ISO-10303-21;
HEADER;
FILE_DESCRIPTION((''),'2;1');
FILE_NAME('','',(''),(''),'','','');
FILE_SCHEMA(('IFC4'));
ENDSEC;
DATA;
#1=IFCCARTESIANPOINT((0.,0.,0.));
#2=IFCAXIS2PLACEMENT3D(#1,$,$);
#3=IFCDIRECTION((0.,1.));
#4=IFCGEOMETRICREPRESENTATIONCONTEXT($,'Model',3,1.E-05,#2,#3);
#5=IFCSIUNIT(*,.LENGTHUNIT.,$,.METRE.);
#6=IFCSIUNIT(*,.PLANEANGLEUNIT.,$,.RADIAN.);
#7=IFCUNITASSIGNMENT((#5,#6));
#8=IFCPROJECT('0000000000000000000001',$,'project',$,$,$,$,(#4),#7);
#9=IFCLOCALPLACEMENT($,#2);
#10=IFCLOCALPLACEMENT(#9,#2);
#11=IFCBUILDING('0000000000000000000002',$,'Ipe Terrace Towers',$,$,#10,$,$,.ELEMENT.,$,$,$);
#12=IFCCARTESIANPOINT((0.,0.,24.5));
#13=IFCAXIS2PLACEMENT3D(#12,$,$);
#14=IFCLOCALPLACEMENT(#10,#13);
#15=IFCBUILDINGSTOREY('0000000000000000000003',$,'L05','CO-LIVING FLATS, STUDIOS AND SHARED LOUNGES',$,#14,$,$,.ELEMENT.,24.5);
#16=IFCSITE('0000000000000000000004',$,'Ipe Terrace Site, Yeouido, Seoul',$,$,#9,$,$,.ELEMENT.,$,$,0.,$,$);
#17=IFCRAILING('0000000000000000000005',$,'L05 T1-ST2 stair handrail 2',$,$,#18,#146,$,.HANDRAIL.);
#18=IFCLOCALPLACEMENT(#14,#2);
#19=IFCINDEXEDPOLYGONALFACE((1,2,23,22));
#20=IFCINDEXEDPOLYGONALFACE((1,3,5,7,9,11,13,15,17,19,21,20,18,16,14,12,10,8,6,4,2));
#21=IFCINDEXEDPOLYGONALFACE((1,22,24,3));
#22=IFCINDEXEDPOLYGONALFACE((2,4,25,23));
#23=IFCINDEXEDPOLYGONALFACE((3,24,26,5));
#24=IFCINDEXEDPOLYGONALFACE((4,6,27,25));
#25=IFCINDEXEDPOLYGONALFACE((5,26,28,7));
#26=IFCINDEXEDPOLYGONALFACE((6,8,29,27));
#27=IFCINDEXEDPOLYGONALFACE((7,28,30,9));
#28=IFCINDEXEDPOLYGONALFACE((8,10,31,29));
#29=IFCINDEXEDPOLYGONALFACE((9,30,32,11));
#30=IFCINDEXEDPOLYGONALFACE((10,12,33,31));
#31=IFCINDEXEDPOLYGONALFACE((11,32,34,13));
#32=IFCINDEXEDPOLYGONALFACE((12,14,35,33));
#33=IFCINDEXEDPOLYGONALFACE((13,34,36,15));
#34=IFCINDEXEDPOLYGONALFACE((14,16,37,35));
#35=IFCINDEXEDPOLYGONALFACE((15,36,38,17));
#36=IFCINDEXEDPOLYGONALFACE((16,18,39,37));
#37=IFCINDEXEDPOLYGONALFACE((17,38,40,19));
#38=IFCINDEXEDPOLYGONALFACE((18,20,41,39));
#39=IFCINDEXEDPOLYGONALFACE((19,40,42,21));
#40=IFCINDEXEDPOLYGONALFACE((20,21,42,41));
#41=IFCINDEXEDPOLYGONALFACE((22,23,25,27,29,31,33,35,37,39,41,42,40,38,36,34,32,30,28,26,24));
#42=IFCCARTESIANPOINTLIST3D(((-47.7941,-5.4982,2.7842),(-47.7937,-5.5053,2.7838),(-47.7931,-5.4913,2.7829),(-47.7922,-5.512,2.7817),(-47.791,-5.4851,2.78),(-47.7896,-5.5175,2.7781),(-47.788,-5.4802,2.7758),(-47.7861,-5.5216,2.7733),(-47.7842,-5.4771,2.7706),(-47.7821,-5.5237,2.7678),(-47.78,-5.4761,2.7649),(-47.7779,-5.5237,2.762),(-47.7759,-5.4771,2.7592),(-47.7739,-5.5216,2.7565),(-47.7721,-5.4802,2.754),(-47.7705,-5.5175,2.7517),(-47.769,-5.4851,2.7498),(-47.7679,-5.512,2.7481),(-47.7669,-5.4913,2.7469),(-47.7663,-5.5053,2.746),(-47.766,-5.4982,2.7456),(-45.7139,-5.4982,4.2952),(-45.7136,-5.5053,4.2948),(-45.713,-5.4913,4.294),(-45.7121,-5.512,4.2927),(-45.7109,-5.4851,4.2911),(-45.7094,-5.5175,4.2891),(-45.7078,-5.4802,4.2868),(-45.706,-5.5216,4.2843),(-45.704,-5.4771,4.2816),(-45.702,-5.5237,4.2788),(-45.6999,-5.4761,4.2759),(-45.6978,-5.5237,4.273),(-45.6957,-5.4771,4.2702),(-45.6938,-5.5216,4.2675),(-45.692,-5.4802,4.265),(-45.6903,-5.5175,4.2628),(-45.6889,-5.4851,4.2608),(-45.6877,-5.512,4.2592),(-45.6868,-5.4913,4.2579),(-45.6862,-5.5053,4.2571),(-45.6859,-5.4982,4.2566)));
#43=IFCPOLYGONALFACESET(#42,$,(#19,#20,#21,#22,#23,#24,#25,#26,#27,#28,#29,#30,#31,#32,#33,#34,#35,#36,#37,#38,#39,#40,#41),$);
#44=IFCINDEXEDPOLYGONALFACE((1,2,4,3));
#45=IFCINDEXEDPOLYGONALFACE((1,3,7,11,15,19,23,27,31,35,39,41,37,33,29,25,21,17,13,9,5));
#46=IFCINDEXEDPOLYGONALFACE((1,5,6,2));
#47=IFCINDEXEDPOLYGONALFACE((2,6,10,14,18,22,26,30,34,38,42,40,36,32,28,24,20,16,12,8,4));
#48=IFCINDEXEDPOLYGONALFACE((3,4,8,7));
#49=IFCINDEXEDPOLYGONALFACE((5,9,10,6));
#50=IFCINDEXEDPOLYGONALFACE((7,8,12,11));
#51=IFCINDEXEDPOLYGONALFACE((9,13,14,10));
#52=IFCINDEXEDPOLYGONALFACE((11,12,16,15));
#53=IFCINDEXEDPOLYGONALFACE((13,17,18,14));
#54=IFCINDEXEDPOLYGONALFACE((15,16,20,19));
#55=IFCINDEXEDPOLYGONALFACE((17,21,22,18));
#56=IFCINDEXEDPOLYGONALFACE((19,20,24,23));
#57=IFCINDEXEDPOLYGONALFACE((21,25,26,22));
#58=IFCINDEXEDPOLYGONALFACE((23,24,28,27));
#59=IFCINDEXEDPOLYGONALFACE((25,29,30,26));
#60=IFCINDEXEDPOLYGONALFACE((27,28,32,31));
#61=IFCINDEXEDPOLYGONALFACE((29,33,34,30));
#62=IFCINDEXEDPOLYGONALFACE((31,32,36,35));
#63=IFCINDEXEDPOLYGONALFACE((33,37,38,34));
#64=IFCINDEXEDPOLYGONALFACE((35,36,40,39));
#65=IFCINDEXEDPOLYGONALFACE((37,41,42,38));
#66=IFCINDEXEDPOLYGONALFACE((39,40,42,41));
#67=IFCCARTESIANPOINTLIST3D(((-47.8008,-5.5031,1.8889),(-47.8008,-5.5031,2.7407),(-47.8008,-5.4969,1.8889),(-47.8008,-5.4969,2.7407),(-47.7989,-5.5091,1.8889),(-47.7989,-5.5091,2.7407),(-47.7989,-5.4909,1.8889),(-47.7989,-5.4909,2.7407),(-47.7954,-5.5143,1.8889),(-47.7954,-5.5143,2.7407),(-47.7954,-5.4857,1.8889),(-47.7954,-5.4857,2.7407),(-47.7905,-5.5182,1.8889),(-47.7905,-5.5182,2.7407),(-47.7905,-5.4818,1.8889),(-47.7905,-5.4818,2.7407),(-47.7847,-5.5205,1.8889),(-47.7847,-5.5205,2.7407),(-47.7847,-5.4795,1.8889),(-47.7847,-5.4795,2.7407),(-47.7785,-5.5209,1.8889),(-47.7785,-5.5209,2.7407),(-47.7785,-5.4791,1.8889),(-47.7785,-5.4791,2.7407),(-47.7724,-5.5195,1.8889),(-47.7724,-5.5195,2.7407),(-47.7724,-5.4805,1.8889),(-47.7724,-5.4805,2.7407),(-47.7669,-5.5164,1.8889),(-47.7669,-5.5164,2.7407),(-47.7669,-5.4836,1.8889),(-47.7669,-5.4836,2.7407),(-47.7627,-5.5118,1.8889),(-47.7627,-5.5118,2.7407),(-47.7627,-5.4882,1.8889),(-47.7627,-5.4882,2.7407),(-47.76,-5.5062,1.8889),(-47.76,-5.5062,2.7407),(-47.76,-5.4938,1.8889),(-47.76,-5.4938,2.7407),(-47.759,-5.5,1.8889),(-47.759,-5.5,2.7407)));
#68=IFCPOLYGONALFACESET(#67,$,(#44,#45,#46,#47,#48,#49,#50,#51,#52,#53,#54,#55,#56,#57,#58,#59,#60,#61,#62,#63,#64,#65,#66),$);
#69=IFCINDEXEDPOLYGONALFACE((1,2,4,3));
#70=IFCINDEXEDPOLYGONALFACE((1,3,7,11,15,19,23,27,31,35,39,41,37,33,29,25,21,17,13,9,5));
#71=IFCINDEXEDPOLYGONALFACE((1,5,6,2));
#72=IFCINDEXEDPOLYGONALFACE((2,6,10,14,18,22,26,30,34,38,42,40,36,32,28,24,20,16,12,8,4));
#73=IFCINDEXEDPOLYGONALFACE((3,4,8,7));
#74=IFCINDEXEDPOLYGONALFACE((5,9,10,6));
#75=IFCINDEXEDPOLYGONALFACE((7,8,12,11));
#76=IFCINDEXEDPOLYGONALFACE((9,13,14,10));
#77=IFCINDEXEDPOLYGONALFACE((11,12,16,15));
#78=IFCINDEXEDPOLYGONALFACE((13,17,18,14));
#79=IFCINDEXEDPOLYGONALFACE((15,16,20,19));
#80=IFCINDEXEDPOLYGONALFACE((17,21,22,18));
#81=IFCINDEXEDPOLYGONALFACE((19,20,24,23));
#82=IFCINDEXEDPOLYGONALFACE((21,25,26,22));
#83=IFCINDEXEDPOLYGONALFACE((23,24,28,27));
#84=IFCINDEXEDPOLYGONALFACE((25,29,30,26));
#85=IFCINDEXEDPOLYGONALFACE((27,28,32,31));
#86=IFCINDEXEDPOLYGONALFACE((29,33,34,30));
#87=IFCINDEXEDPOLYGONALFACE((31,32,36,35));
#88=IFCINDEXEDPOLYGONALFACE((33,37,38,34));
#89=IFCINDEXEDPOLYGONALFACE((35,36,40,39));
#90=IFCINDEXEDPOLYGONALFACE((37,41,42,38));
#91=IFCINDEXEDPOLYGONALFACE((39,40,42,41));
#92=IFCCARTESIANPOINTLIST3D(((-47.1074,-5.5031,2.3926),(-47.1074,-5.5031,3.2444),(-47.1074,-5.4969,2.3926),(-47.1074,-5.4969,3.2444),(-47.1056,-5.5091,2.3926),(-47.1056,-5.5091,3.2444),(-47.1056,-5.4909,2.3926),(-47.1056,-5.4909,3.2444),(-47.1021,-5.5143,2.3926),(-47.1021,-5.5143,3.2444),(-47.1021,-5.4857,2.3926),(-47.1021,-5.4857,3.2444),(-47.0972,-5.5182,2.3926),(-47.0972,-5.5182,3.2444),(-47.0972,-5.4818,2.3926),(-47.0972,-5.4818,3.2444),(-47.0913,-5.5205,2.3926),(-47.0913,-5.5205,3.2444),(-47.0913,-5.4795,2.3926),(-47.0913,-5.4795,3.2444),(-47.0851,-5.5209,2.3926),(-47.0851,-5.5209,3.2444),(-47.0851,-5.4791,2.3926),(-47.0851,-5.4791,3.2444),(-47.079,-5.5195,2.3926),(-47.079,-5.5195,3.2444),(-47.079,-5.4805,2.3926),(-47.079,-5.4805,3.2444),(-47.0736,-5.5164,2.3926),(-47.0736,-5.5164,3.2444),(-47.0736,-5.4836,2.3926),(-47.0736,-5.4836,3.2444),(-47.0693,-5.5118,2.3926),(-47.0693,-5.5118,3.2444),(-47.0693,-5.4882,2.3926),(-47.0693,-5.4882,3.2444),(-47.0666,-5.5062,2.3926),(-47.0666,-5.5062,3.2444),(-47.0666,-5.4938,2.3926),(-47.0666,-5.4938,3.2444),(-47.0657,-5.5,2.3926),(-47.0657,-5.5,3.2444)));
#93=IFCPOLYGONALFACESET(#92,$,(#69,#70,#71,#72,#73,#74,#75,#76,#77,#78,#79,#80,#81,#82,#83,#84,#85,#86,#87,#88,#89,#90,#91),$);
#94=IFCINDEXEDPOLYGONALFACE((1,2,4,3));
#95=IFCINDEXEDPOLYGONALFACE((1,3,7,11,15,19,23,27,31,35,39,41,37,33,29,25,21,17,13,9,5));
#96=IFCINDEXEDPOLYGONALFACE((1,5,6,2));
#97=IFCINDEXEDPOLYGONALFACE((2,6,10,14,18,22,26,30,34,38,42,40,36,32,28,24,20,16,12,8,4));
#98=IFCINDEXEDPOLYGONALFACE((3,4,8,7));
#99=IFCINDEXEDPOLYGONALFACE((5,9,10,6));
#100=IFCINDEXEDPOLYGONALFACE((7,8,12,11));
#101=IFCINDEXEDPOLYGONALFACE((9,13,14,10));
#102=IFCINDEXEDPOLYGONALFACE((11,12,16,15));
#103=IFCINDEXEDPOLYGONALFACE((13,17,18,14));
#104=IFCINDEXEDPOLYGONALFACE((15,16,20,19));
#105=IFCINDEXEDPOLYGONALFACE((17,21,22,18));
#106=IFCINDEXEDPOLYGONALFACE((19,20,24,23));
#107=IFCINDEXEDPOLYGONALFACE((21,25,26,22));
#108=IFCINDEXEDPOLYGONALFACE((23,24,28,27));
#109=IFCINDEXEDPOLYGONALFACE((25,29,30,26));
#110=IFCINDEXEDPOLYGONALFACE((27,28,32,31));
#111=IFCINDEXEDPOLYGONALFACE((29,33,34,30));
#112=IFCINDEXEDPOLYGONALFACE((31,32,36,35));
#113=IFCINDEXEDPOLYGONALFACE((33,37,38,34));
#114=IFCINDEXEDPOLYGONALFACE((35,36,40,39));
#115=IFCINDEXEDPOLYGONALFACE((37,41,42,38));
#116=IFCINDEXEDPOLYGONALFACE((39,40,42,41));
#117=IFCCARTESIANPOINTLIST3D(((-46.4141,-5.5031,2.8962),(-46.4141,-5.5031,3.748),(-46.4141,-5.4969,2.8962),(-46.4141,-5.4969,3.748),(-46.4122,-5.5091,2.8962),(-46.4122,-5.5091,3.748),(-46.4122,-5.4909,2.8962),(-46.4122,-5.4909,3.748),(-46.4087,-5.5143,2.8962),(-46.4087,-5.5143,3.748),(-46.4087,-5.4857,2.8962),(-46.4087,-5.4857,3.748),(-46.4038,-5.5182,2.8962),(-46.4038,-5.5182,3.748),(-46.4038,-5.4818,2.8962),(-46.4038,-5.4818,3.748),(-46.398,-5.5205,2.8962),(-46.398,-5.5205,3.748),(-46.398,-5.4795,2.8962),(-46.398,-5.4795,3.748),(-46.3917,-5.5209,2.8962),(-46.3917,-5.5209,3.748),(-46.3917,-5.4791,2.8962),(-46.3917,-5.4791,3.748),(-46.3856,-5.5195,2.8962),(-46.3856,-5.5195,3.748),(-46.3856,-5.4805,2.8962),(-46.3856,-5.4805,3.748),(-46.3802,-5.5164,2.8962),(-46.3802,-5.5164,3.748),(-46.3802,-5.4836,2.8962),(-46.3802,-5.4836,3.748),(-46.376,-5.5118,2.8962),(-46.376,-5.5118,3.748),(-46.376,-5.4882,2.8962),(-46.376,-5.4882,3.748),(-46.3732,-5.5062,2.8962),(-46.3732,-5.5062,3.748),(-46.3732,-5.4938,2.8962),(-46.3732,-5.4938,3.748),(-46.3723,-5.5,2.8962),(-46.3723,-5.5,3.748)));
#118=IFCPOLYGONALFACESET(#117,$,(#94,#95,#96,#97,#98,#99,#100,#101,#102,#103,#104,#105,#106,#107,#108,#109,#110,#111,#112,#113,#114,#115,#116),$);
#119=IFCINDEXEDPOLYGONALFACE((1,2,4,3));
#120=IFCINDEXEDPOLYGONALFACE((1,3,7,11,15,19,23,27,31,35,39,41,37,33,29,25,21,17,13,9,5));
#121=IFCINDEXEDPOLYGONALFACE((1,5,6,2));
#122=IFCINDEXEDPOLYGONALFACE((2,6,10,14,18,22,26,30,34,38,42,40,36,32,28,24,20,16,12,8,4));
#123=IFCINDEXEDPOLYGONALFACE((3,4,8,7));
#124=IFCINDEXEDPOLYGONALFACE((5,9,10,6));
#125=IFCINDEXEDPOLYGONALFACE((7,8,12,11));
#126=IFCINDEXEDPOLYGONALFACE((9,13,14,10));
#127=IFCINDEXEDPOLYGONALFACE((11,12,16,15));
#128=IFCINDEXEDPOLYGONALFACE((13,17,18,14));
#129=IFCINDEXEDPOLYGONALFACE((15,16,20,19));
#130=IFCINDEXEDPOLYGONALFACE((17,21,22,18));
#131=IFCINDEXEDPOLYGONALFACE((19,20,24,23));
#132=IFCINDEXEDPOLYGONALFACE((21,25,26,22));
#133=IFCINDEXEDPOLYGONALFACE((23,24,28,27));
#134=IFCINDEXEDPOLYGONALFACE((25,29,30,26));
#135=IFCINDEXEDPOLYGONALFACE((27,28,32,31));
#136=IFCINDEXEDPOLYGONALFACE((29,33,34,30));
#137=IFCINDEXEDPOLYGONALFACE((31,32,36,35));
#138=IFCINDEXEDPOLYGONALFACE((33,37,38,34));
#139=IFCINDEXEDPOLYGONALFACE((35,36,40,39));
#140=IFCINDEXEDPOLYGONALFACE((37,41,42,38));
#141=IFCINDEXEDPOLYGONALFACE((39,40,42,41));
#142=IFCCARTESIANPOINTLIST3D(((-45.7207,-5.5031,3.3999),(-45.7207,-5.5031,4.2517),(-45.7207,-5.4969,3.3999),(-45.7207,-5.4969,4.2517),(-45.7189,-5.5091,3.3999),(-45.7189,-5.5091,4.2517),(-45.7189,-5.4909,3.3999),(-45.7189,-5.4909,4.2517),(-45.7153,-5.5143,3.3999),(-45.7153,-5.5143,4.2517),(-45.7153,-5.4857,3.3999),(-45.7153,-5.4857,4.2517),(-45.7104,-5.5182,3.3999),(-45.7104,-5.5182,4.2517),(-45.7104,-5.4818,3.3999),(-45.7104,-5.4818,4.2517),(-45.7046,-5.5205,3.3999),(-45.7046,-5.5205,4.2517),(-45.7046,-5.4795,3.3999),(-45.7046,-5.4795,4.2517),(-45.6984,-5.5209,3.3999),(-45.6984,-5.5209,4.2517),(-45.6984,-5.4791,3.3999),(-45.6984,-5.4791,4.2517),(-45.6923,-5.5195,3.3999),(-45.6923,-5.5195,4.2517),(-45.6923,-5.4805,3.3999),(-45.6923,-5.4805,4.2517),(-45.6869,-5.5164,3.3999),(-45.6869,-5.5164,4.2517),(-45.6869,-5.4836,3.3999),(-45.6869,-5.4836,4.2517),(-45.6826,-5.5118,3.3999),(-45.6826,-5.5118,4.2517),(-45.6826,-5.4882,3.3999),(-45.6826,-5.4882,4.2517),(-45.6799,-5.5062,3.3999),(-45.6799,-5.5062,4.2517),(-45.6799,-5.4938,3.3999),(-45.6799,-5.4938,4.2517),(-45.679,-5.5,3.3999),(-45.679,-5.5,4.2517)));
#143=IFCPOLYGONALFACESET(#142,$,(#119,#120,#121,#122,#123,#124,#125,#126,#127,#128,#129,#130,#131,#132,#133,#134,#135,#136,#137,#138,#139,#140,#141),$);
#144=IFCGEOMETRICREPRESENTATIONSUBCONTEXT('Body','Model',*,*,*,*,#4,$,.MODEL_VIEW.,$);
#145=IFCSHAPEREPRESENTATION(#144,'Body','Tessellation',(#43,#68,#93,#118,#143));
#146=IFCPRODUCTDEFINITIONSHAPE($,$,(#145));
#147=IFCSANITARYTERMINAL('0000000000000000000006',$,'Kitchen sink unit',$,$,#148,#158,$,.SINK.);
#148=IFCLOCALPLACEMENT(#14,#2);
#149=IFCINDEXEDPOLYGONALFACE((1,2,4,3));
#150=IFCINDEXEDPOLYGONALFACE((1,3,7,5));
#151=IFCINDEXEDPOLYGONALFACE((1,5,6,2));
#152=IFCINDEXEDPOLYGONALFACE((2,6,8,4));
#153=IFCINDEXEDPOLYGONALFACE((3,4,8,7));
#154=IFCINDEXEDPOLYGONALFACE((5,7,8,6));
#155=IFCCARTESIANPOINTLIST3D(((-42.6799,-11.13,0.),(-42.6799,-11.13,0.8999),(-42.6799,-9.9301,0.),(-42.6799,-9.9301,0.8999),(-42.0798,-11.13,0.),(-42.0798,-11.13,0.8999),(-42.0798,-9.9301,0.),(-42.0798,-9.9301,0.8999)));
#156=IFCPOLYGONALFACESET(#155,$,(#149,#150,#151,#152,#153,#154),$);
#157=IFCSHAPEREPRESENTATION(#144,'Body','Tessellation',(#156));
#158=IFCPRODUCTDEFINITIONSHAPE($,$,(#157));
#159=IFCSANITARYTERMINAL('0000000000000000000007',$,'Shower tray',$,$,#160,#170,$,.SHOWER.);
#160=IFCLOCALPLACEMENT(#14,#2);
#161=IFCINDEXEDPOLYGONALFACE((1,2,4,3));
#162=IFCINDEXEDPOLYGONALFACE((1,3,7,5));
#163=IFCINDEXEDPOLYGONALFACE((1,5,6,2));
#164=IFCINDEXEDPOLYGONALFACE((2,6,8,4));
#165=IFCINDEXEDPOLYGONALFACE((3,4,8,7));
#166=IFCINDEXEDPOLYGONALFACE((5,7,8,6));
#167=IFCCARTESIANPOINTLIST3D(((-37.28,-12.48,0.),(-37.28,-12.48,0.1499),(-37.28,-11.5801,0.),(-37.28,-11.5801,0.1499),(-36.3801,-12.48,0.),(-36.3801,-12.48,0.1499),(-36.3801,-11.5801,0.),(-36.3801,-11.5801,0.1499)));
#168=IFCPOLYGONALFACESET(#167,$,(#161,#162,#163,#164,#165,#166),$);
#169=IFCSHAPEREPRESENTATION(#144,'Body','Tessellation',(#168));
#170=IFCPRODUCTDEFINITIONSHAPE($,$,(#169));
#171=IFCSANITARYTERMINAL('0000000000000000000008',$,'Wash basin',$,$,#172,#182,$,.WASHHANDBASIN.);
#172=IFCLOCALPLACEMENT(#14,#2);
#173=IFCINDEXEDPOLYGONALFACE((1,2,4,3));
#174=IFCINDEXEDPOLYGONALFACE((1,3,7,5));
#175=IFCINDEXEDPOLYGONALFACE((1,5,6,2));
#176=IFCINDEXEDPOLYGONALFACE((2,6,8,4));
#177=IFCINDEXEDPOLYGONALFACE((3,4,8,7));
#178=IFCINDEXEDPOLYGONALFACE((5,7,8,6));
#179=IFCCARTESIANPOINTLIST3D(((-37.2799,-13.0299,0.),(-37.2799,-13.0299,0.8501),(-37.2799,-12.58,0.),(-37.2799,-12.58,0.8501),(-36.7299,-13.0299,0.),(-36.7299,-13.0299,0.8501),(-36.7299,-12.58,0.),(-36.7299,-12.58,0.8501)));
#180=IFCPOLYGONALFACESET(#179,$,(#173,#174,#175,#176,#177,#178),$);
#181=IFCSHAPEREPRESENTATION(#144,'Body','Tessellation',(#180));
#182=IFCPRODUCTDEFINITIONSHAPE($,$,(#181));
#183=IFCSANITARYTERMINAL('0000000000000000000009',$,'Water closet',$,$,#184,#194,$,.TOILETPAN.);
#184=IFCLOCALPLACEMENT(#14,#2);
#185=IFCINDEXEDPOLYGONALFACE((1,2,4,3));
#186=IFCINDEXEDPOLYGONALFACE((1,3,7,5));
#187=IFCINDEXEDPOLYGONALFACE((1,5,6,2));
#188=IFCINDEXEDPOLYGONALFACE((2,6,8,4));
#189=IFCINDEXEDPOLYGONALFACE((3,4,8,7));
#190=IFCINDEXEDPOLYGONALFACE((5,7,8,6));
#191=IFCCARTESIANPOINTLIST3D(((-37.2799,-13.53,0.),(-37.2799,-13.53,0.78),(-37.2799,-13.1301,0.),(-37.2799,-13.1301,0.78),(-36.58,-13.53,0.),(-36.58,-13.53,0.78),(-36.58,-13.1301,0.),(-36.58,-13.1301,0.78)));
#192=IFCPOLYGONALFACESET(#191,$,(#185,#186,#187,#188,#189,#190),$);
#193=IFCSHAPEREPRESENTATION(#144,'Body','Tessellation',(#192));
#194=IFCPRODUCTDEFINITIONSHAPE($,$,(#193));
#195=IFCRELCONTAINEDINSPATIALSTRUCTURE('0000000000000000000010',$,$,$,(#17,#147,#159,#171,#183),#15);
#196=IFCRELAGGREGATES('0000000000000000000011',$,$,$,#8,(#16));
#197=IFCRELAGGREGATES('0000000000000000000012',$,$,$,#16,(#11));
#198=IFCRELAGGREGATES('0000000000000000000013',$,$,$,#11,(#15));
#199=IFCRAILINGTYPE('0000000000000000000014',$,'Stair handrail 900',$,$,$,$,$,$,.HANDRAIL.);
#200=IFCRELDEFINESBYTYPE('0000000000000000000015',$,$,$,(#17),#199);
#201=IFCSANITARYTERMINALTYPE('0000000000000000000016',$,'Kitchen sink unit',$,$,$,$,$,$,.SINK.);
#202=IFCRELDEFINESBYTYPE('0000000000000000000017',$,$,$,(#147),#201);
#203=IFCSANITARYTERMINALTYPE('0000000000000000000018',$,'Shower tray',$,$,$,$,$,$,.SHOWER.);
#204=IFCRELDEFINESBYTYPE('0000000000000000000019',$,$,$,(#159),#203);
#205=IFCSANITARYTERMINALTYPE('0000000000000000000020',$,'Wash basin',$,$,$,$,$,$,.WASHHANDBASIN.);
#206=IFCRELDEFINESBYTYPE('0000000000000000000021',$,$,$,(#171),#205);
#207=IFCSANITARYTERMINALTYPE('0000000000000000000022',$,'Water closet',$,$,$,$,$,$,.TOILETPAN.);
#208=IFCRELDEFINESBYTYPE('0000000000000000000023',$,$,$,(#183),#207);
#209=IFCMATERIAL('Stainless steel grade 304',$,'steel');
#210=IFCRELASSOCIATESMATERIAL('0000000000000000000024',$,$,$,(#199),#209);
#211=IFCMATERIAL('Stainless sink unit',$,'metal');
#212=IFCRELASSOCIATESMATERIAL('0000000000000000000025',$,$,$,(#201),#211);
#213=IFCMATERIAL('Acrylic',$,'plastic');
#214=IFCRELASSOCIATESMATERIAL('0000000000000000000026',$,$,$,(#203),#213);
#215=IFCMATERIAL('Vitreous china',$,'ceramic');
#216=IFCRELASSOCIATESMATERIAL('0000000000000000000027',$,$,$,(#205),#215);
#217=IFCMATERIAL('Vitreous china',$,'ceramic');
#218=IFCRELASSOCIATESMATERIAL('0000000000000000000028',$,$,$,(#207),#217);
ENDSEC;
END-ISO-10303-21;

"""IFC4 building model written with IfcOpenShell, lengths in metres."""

from ifc_helpers import new_model, si_unit, direction, frame, origin, origin_2d, place, context, subcontext, project, spatial, rectangle, circle, extrude, material, type_object, element, save


model = new_model("IFC4")

# Units and contexts
model_context = context("Model", 3, precision=1e-05, world=origin(), true_north=direction((0.0, 1.0)))
body_context = subcontext(model_context, "Body", "Model", "MODEL_VIEW")
ifc_project = project(units=[si_unit("LENGTHUNIT", "METRE"), si_unit("PLANEANGLEUNIT", "RADIAN")], contexts=[model_context])

# Site, building, storey
site_placement = place(None, origin())
site = spatial("IfcSite", under=ifc_project, at=site_placement, Name="Ipe Terrace Site, Yeouido, Seoul", CompositionType="ELEMENT", RefElevation=0.0)
building_placement = place(site_placement, origin())
building = spatial("IfcBuilding", under=site, at=building_placement, Name="Ipe Terrace Towers", CompositionType="ELEMENT")
storey_placement = place(building_placement, frame((0.0, 0.0, 24.5)))
storey = spatial("IfcBuildingStorey", under=building, at=storey_placement, Name="L05", Description="CO-LIVING FLATS, STUDIOS AND SHARED LOUNGES", CompositionType="ELEMENT", Elevation=24.5)

# Railing
ifc_material_1 = material(Name="Stainless steel grade 304", Category="steel")
railing_type_1 = type_object("IfcRailingType", Name="Stair handrail 900", PredefinedType="HANDRAIL", material=ifc_material_1)
railing_1_placement = place(storey_placement, frame((-47.78, -5.5, 1.8889)))
element("IfcRailing", 1, at=railing_1_placement, inside=storey, type_object=railing_type_1, Name="L05 T1-ST2 stair handrail 2", PredefinedType="HANDRAIL", context=body_context, shape_type="SweptSolid", body=[
    extrude(circle(Radius=0.0239, at=origin_2d()), frame((0.0, 0.0, 0.876), z_axis=(0.809069, 0.0, 0.587714), x_axis=(0.0, 1.0, 0.0)), (0.0, 0.0, 1.0), 2.571),
    extrude(circle(Radius=0.021, at=origin_2d()), origin(), (0.0, 0.0, 1.0), 0.8518),
    extrude(circle(Radius=0.021, at=origin_2d()), frame((0.6934, 0.0, 0.5037)), (0.0, 0.0, 1.0), 0.8518),
    extrude(circle(Radius=0.021, at=origin_2d()), frame((1.3867, 0.0, 1.0073)), (0.0, 0.0, 1.0), 0.8518),
    extrude(circle(Radius=0.021, at=origin_2d()), frame((2.0801, 0.0, 1.511)), (0.0, 0.0, 1.0), 0.8518),
])

# Sanitary terminals
ifc_material_2 = material(Name="Stainless sink unit", Category="metal")
sanitary_terminal_type_1 = type_object("IfcSanitaryTerminalType", Name="Kitchen sink unit", PredefinedType="SINK", material=ifc_material_2)
sanitary_terminal_1_placement = place(storey_placement, frame((-42.3799, -10.53, 0.0), z_axis=(0.0, 0.0, 1.0), x_axis=(0.0, 1.0, 0.0)))
element("IfcSanitaryTerminal", 2, at=sanitary_terminal_1_placement, inside=storey, type_object=sanitary_terminal_type_1, Name="Kitchen sink unit", PredefinedType="SINK", context=body_context, shape_type="SweptSolid", body=[
    extrude(rectangle(XDim=1.2, YDim=0.6001, at=origin_2d()), origin(), (0.0, 0.0, 1.0), 0.8999),
])
ifc_material_3 = material(Name="Acrylic", Category="plastic")
sanitary_terminal_type_2 = type_object("IfcSanitaryTerminalType", Name="Shower tray", PredefinedType="SHOWER", material=ifc_material_3)
sanitary_terminal_2_placement = place(storey_placement, frame((-36.8301, -12.03, 0.0), z_axis=(0.0, 0.0, 1.0), x_axis=(1.0, 0.0, 0.0)))
element("IfcSanitaryTerminal", 3, at=sanitary_terminal_2_placement, inside=storey, type_object=sanitary_terminal_type_2, Name="Shower tray", PredefinedType="SHOWER", context=body_context, shape_type="SweptSolid", body=[
    extrude(rectangle(XDim=0.8999, YDim=0.8999, at=origin_2d()), origin(), (0.0, 0.0, 1.0), 0.1499),
])
ifc_material_4 = material(Name="Vitreous china", Category="ceramic")
sanitary_terminal_type_3 = type_object("IfcSanitaryTerminalType", Name="Wash basin", PredefinedType="WASHHANDBASIN", material=ifc_material_4)
sanitary_terminal_3_placement = place(storey_placement, frame((-37.0049, -12.8049, 0.0), z_axis=(0.0, 0.0, 1.0), x_axis=(1.0, 0.0, 0.0)))
element("IfcSanitaryTerminal", 4, at=sanitary_terminal_3_placement, inside=storey, type_object=sanitary_terminal_type_3, Name="Wash basin", PredefinedType="WASHHANDBASIN", context=body_context, shape_type="SweptSolid", body=[
    extrude(rectangle(XDim=0.55, YDim=0.45, at=origin_2d()), origin(), (0.0, 0.0, 1.0), 0.8501),
])
ifc_material_5 = material(Name="Vitreous china", Category="ceramic")
sanitary_terminal_type_4 = type_object("IfcSanitaryTerminalType", Name="Water closet", PredefinedType="TOILETPAN", material=ifc_material_5)
sanitary_terminal_4_placement = place(storey_placement, frame((-36.9299, -13.3301, 0.0), z_axis=(0.0, 0.0, 1.0), x_axis=(1.0, 0.0, 0.0)))
element("IfcSanitaryTerminal", 5, at=sanitary_terminal_4_placement, inside=storey, type_object=sanitary_terminal_type_4, Name="Water closet", PredefinedType="TOILETPAN", context=body_context, shape_type="SweptSolid", body=[
    extrude(rectangle(XDim=0.7, YDim=0.3999, at=origin_2d()), origin(), (0.0, 0.0, 1.0), 0.78),
])

save(model, "model.ifc")
